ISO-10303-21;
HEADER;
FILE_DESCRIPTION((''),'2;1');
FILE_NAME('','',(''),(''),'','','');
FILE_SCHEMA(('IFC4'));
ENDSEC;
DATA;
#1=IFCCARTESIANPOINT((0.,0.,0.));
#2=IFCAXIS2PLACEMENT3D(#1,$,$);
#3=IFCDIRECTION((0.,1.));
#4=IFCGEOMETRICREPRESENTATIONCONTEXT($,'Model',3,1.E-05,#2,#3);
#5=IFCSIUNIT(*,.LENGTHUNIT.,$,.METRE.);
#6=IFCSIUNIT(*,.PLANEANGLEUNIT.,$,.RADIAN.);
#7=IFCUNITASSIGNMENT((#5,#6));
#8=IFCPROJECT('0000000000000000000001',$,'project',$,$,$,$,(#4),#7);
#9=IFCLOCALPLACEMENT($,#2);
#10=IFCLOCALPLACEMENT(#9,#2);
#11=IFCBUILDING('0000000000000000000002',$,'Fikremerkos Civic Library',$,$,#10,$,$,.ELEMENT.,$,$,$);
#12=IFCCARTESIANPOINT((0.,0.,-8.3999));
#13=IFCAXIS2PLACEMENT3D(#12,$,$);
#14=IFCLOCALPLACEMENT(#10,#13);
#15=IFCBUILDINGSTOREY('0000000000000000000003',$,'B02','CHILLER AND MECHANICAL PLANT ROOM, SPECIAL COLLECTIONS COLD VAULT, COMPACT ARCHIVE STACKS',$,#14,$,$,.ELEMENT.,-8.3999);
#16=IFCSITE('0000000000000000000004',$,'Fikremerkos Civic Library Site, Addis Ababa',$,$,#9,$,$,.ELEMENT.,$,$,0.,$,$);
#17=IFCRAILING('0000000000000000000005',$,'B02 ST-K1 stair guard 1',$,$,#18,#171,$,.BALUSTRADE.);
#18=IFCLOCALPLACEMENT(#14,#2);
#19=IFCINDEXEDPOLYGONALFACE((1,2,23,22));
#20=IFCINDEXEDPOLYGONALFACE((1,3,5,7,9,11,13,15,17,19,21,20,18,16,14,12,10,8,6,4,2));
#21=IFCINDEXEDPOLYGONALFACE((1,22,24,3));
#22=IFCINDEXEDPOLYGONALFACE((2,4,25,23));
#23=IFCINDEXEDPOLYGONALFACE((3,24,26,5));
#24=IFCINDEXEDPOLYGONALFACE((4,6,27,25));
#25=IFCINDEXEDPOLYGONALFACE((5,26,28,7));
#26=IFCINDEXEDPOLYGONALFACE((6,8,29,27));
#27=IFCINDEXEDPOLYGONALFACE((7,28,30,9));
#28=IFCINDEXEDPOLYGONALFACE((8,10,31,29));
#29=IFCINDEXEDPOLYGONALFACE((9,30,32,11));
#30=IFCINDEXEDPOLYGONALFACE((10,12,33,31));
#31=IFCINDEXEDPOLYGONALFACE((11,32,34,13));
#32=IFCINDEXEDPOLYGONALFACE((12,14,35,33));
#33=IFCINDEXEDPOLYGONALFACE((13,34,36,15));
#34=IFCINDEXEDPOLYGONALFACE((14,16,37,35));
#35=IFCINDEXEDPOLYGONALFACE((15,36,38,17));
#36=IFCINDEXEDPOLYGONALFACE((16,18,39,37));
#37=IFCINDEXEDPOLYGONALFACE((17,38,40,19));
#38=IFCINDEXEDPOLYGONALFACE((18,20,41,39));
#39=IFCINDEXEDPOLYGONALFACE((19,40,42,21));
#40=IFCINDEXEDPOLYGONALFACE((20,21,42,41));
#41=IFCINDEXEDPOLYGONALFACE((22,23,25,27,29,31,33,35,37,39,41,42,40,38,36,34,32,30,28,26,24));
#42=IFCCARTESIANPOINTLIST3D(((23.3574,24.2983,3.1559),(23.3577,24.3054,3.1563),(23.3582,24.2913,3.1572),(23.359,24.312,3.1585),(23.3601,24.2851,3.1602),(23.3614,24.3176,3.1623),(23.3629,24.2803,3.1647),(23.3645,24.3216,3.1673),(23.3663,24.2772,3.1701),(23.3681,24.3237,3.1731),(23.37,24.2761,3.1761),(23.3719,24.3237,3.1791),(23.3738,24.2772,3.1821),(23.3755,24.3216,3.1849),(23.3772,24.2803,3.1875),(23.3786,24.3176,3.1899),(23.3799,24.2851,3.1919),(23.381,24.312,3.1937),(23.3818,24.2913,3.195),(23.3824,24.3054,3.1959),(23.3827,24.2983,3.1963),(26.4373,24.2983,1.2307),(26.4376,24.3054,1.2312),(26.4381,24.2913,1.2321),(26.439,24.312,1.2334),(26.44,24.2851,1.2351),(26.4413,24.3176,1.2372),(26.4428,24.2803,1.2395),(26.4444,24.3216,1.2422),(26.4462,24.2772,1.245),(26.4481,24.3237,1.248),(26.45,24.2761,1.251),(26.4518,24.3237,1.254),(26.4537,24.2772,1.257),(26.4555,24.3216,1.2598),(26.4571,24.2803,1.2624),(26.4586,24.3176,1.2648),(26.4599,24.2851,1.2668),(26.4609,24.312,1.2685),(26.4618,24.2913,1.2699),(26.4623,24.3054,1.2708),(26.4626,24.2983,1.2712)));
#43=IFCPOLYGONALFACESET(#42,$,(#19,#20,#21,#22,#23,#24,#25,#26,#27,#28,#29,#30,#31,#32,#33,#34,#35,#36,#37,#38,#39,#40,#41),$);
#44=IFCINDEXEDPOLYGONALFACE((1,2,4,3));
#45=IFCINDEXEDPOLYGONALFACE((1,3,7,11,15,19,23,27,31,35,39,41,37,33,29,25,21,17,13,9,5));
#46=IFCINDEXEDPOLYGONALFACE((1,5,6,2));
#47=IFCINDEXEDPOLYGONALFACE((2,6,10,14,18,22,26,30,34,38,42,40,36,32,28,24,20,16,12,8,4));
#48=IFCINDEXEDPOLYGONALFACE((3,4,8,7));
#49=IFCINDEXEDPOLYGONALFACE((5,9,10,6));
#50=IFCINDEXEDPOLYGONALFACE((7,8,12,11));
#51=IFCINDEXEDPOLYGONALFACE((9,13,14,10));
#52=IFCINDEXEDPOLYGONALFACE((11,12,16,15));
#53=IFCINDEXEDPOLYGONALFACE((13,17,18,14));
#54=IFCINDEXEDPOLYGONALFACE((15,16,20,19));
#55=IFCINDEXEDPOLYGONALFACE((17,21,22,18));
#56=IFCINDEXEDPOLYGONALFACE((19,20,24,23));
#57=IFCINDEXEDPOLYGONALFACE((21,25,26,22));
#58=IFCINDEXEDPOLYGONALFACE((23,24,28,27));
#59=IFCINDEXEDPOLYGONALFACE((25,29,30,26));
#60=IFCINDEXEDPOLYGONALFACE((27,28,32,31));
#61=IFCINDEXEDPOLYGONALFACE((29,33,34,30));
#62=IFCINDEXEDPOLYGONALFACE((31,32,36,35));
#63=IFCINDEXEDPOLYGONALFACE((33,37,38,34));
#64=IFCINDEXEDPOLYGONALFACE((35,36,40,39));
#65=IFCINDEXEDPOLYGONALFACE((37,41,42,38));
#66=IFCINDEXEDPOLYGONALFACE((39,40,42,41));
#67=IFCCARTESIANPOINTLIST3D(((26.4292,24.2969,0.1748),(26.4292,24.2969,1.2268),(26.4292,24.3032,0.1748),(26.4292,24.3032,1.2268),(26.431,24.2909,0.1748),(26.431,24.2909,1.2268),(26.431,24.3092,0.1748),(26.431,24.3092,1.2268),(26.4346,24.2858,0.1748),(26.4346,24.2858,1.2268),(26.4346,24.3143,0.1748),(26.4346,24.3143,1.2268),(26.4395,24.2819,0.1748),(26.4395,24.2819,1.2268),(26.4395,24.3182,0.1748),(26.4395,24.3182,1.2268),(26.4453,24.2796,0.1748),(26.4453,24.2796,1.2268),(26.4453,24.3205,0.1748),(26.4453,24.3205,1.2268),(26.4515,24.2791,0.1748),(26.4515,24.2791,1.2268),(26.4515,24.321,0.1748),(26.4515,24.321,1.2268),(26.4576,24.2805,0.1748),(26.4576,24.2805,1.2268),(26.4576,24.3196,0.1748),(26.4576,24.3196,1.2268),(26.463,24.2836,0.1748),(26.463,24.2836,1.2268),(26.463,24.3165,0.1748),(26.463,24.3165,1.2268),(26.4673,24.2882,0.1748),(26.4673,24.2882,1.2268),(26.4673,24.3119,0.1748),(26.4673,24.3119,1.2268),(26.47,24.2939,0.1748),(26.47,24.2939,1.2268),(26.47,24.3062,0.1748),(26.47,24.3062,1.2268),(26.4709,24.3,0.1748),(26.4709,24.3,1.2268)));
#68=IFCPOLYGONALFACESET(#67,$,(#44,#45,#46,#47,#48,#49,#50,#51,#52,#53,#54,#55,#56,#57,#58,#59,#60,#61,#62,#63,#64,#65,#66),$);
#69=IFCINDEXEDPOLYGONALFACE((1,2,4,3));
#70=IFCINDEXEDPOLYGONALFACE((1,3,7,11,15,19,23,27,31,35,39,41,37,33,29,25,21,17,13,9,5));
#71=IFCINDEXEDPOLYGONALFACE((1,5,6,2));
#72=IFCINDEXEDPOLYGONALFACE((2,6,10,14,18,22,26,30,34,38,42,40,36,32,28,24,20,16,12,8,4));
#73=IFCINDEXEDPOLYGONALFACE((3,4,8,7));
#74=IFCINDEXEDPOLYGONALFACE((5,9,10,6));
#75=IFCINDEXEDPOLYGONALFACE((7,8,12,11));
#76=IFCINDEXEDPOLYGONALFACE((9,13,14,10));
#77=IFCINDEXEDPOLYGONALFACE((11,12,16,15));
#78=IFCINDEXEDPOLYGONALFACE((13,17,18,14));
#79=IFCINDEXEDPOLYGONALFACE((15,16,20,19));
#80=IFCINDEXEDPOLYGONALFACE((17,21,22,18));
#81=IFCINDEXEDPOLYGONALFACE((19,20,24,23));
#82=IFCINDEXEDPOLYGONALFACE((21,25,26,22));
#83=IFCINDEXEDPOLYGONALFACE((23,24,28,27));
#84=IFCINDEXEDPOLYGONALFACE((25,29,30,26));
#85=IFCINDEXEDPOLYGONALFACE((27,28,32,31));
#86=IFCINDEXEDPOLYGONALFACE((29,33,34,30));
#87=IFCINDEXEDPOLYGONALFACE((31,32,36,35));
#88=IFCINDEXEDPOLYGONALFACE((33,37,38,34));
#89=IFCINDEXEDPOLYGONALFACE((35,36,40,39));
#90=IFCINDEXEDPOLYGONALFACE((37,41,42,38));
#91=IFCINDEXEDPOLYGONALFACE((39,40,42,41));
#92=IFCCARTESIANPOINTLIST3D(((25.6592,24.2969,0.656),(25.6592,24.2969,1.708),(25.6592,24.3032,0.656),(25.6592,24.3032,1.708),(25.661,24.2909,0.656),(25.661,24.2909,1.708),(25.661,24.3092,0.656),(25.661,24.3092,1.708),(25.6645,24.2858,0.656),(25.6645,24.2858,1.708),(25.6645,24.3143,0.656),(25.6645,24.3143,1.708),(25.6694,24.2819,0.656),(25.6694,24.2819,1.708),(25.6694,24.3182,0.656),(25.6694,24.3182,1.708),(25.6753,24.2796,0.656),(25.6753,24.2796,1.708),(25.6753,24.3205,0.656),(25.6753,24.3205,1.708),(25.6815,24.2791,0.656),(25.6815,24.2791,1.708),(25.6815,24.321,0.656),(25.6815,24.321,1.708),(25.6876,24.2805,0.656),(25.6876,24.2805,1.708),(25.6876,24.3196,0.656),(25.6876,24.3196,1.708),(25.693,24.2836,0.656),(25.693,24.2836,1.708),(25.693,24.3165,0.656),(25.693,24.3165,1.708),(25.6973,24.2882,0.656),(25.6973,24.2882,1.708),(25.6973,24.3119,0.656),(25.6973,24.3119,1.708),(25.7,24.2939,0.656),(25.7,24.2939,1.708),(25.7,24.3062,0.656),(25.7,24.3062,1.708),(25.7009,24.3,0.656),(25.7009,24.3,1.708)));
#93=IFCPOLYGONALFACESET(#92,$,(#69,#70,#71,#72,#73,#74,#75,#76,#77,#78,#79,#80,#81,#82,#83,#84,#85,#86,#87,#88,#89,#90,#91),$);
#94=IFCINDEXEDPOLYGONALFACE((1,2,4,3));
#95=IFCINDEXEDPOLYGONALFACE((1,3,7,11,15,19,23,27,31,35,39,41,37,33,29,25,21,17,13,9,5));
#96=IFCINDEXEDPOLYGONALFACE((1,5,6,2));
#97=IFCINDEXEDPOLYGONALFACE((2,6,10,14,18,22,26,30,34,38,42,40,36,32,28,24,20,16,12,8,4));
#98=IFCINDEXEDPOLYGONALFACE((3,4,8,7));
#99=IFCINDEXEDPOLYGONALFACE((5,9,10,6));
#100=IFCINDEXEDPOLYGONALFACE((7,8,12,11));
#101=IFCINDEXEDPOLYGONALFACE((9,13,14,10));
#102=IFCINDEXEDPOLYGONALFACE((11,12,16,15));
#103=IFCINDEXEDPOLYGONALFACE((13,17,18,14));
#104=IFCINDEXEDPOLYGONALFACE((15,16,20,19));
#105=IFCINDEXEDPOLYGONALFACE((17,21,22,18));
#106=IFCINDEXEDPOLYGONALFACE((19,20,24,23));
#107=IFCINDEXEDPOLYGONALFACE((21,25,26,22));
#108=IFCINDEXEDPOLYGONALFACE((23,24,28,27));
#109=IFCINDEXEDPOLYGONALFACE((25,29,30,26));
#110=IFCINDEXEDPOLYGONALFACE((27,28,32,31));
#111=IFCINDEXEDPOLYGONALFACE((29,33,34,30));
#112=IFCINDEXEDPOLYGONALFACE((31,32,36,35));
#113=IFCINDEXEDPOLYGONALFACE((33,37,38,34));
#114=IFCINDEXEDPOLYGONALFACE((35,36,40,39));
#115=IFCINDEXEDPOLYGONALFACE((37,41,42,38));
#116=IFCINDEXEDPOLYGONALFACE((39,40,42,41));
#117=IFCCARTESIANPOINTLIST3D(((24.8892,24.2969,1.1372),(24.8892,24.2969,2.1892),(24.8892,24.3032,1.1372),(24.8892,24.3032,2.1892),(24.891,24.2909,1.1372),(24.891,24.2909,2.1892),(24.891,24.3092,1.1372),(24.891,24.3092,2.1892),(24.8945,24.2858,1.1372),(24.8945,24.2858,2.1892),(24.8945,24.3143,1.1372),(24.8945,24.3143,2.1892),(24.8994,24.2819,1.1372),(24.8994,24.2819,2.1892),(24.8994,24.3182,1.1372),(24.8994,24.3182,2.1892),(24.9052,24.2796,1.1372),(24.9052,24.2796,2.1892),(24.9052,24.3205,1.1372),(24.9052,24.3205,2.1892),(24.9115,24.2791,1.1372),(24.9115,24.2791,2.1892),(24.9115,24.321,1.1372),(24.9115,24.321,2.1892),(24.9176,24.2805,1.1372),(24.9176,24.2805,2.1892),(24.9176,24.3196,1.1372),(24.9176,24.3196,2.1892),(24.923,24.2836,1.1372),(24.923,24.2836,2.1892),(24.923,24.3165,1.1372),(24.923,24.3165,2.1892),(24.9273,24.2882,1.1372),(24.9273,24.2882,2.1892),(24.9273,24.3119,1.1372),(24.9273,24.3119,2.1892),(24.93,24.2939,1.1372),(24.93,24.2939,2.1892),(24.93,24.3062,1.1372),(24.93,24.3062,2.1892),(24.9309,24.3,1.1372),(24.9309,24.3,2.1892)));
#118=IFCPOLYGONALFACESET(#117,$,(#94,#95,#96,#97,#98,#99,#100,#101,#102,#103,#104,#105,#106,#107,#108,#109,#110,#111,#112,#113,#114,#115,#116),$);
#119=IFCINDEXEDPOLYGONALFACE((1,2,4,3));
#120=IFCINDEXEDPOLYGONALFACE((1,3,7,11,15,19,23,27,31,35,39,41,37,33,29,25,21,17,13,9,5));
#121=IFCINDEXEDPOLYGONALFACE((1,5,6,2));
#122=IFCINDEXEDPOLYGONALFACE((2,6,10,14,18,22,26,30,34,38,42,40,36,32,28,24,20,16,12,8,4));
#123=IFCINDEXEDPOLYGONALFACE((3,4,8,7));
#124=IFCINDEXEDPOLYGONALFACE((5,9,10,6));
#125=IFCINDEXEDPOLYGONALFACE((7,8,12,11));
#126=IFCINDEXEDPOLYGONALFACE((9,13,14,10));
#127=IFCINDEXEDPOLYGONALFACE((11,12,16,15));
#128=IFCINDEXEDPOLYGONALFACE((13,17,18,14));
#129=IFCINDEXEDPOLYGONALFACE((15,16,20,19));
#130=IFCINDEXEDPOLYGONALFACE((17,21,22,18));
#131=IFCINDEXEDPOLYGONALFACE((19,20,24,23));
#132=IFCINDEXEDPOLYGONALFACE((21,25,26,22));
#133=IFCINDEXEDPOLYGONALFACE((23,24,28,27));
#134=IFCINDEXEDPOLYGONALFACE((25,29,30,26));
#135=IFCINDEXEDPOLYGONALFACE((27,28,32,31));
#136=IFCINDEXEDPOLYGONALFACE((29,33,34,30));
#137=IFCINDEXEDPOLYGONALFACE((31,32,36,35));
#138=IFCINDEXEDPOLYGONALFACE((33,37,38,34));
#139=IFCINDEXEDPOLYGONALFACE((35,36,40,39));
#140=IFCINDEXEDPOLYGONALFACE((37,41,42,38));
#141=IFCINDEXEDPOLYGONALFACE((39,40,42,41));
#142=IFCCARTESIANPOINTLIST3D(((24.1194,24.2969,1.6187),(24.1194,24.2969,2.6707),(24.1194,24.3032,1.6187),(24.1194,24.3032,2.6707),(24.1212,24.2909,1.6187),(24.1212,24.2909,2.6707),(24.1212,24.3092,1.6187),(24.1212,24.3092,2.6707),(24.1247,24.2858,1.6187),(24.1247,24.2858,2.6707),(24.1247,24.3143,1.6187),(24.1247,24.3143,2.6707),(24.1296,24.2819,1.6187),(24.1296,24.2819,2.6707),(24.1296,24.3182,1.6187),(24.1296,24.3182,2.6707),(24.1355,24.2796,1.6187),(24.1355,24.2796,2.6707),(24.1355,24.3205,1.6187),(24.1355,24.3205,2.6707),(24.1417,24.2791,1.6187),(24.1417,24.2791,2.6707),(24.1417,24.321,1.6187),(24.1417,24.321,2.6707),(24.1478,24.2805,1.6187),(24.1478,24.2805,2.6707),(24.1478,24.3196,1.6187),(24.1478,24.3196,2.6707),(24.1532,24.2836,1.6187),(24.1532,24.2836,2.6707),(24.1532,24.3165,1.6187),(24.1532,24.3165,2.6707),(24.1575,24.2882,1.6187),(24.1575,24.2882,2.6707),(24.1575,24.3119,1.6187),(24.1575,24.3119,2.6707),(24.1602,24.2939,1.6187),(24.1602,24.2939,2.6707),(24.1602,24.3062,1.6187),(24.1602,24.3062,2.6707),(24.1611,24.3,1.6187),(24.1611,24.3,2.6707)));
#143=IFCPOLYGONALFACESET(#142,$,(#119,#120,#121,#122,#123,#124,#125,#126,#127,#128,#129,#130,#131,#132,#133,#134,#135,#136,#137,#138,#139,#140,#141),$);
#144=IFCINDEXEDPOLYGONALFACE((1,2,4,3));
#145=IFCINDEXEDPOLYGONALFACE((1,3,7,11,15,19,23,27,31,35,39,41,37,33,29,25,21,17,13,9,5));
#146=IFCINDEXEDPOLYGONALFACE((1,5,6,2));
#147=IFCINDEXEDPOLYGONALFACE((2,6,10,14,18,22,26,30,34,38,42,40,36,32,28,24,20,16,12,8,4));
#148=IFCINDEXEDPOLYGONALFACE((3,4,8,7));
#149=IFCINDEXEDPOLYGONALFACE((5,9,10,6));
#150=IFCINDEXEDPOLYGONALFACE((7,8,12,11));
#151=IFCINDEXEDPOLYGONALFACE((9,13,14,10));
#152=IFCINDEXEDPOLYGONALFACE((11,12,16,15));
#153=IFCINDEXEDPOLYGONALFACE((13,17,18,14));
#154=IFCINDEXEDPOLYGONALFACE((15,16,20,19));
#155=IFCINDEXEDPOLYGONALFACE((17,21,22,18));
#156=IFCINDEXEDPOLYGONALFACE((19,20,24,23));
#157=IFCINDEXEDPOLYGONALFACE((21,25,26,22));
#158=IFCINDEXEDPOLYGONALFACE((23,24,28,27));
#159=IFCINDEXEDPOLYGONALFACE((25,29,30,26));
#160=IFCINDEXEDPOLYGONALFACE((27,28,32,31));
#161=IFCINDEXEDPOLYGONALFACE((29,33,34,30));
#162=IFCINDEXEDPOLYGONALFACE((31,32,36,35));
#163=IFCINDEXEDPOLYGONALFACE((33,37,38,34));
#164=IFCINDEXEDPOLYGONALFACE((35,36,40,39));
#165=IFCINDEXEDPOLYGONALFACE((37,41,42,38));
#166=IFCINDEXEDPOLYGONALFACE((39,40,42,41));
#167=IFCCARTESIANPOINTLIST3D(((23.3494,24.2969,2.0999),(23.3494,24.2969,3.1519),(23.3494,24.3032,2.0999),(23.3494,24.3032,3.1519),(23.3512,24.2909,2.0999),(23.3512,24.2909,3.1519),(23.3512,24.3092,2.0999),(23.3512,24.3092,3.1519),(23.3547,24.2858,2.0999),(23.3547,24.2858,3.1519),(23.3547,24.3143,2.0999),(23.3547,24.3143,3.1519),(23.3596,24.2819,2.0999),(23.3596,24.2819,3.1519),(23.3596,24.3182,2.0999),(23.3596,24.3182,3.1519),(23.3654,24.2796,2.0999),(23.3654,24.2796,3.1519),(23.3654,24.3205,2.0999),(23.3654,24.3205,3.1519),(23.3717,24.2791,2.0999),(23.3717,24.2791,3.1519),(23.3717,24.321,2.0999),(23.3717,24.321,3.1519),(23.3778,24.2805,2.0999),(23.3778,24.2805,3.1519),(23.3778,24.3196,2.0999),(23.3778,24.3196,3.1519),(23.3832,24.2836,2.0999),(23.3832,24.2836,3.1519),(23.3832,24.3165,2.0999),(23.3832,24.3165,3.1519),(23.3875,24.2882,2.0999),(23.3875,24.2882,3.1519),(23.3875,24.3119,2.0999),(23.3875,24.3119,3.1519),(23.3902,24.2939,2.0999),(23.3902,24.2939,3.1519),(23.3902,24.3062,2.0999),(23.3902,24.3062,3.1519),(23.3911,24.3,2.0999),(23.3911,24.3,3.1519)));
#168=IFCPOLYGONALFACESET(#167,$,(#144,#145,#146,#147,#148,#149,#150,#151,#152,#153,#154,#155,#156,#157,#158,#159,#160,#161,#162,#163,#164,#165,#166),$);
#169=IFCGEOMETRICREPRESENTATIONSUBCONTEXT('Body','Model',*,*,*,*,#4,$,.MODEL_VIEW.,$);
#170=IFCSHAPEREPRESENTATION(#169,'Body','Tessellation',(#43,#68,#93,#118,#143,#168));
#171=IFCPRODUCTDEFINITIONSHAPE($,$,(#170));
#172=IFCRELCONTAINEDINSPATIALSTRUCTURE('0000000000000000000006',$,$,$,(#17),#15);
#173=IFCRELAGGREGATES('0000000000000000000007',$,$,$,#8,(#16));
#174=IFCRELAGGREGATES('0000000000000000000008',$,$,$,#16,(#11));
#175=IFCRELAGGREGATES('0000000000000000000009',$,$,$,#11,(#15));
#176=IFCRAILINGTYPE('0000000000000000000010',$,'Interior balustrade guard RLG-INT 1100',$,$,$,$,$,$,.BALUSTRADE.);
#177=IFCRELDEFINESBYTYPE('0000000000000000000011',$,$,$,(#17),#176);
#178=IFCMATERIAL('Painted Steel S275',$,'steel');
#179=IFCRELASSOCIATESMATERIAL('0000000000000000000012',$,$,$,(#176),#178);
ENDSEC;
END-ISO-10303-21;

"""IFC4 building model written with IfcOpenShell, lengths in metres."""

from ifc_helpers import new_model, si_unit, direction, frame, origin, origin_2d, place, context, subcontext, project, spatial, circle, extrude, material, type_object, element, save


model = new_model("IFC4")

# Units and contexts
model_context = context("Model", 3, precision=1e-05, world=origin(), true_north=direction((0.0, 1.0)))
body_context = subcontext(model_context, "Body", "Model", "MODEL_VIEW")
ifc_project = project(units=[si_unit("LENGTHUNIT", "METRE"), si_unit("PLANEANGLEUNIT", "RADIAN")], contexts=[model_context])

# Site, building, storey
site_placement = place(None, origin())
site = spatial("IfcSite", under=ifc_project, at=site_placement, Name="Fikremerkos Civic Library Site, Addis Ababa", CompositionType="ELEMENT", RefElevation=0.0)
building_placement = place(site_placement, origin())
building = spatial("IfcBuilding", under=site, at=building_placement, Name="Fikremerkos Civic Library", CompositionType="ELEMENT")
storey_placement = place(building_placement, frame((0.0, 0.0, -8.3999)))
storey = spatial("IfcBuildingStorey", under=building, at=storey_placement, Name="B02", Description="CHILLER AND MECHANICAL PLANT ROOM, SPECIAL COLLECTIONS COLD VAULT, COMPACT ARCHIVE STACKS", CompositionType="ELEMENT", Elevation=-8.3999)

# Railing
ifc_material_1 = material(Name="Painted Steel S275", Category="steel")
railing_type_1 = type_object("IfcRailingType", Name="Interior balustrade guard RLG-INT 1100", PredefinedType="BALUSTRADE", material=ifc_material_1)
railing_1_placement = place(storey_placement, frame((26.45, 24.3, 0.1748)))
element("IfcRailing", 1, at=railing_1_placement, inside=storey, type_object=railing_type_1, Name="B02 ST-K1 stair guard 1", PredefinedType="BALUSTRADE", context=body_context, shape_type="SweptSolid", body=[
    extrude(circle(Radius=0.0239, at=origin_2d()), frame((0.0, 0.0, 1.0762), z_axis=(-0.847979, 0.0, 0.530029), x_axis=(0.0, -1.0, 0.0)), (0.0, 0.0, 1.0), 3.6321),
    extrude(circle(Radius=0.021, at=origin_2d()), origin(), (0.0, 0.0, 1.0), 1.052),
    extrude(circle(Radius=0.021, at=origin_2d()), frame((-0.77, 0.0, 0.4812)), (0.0, 0.0, 1.0), 1.052),
    extrude(circle(Radius=0.021, at=origin_2d()), frame((-1.54, 0.0, 0.9624)), (0.0, 0.0, 1.0), 1.052),
    extrude(circle(Radius=0.021, at=origin_2d()), frame((-2.3098, 0.0, 1.4438)), (0.0, 0.0, 1.0), 1.052),
    extrude(circle(Radius=0.021, at=origin_2d()), frame((-3.0798, 0.0, 1.925)), (0.0, 0.0, 1.0), 1.052),
])

save(model, "model.ifc")
